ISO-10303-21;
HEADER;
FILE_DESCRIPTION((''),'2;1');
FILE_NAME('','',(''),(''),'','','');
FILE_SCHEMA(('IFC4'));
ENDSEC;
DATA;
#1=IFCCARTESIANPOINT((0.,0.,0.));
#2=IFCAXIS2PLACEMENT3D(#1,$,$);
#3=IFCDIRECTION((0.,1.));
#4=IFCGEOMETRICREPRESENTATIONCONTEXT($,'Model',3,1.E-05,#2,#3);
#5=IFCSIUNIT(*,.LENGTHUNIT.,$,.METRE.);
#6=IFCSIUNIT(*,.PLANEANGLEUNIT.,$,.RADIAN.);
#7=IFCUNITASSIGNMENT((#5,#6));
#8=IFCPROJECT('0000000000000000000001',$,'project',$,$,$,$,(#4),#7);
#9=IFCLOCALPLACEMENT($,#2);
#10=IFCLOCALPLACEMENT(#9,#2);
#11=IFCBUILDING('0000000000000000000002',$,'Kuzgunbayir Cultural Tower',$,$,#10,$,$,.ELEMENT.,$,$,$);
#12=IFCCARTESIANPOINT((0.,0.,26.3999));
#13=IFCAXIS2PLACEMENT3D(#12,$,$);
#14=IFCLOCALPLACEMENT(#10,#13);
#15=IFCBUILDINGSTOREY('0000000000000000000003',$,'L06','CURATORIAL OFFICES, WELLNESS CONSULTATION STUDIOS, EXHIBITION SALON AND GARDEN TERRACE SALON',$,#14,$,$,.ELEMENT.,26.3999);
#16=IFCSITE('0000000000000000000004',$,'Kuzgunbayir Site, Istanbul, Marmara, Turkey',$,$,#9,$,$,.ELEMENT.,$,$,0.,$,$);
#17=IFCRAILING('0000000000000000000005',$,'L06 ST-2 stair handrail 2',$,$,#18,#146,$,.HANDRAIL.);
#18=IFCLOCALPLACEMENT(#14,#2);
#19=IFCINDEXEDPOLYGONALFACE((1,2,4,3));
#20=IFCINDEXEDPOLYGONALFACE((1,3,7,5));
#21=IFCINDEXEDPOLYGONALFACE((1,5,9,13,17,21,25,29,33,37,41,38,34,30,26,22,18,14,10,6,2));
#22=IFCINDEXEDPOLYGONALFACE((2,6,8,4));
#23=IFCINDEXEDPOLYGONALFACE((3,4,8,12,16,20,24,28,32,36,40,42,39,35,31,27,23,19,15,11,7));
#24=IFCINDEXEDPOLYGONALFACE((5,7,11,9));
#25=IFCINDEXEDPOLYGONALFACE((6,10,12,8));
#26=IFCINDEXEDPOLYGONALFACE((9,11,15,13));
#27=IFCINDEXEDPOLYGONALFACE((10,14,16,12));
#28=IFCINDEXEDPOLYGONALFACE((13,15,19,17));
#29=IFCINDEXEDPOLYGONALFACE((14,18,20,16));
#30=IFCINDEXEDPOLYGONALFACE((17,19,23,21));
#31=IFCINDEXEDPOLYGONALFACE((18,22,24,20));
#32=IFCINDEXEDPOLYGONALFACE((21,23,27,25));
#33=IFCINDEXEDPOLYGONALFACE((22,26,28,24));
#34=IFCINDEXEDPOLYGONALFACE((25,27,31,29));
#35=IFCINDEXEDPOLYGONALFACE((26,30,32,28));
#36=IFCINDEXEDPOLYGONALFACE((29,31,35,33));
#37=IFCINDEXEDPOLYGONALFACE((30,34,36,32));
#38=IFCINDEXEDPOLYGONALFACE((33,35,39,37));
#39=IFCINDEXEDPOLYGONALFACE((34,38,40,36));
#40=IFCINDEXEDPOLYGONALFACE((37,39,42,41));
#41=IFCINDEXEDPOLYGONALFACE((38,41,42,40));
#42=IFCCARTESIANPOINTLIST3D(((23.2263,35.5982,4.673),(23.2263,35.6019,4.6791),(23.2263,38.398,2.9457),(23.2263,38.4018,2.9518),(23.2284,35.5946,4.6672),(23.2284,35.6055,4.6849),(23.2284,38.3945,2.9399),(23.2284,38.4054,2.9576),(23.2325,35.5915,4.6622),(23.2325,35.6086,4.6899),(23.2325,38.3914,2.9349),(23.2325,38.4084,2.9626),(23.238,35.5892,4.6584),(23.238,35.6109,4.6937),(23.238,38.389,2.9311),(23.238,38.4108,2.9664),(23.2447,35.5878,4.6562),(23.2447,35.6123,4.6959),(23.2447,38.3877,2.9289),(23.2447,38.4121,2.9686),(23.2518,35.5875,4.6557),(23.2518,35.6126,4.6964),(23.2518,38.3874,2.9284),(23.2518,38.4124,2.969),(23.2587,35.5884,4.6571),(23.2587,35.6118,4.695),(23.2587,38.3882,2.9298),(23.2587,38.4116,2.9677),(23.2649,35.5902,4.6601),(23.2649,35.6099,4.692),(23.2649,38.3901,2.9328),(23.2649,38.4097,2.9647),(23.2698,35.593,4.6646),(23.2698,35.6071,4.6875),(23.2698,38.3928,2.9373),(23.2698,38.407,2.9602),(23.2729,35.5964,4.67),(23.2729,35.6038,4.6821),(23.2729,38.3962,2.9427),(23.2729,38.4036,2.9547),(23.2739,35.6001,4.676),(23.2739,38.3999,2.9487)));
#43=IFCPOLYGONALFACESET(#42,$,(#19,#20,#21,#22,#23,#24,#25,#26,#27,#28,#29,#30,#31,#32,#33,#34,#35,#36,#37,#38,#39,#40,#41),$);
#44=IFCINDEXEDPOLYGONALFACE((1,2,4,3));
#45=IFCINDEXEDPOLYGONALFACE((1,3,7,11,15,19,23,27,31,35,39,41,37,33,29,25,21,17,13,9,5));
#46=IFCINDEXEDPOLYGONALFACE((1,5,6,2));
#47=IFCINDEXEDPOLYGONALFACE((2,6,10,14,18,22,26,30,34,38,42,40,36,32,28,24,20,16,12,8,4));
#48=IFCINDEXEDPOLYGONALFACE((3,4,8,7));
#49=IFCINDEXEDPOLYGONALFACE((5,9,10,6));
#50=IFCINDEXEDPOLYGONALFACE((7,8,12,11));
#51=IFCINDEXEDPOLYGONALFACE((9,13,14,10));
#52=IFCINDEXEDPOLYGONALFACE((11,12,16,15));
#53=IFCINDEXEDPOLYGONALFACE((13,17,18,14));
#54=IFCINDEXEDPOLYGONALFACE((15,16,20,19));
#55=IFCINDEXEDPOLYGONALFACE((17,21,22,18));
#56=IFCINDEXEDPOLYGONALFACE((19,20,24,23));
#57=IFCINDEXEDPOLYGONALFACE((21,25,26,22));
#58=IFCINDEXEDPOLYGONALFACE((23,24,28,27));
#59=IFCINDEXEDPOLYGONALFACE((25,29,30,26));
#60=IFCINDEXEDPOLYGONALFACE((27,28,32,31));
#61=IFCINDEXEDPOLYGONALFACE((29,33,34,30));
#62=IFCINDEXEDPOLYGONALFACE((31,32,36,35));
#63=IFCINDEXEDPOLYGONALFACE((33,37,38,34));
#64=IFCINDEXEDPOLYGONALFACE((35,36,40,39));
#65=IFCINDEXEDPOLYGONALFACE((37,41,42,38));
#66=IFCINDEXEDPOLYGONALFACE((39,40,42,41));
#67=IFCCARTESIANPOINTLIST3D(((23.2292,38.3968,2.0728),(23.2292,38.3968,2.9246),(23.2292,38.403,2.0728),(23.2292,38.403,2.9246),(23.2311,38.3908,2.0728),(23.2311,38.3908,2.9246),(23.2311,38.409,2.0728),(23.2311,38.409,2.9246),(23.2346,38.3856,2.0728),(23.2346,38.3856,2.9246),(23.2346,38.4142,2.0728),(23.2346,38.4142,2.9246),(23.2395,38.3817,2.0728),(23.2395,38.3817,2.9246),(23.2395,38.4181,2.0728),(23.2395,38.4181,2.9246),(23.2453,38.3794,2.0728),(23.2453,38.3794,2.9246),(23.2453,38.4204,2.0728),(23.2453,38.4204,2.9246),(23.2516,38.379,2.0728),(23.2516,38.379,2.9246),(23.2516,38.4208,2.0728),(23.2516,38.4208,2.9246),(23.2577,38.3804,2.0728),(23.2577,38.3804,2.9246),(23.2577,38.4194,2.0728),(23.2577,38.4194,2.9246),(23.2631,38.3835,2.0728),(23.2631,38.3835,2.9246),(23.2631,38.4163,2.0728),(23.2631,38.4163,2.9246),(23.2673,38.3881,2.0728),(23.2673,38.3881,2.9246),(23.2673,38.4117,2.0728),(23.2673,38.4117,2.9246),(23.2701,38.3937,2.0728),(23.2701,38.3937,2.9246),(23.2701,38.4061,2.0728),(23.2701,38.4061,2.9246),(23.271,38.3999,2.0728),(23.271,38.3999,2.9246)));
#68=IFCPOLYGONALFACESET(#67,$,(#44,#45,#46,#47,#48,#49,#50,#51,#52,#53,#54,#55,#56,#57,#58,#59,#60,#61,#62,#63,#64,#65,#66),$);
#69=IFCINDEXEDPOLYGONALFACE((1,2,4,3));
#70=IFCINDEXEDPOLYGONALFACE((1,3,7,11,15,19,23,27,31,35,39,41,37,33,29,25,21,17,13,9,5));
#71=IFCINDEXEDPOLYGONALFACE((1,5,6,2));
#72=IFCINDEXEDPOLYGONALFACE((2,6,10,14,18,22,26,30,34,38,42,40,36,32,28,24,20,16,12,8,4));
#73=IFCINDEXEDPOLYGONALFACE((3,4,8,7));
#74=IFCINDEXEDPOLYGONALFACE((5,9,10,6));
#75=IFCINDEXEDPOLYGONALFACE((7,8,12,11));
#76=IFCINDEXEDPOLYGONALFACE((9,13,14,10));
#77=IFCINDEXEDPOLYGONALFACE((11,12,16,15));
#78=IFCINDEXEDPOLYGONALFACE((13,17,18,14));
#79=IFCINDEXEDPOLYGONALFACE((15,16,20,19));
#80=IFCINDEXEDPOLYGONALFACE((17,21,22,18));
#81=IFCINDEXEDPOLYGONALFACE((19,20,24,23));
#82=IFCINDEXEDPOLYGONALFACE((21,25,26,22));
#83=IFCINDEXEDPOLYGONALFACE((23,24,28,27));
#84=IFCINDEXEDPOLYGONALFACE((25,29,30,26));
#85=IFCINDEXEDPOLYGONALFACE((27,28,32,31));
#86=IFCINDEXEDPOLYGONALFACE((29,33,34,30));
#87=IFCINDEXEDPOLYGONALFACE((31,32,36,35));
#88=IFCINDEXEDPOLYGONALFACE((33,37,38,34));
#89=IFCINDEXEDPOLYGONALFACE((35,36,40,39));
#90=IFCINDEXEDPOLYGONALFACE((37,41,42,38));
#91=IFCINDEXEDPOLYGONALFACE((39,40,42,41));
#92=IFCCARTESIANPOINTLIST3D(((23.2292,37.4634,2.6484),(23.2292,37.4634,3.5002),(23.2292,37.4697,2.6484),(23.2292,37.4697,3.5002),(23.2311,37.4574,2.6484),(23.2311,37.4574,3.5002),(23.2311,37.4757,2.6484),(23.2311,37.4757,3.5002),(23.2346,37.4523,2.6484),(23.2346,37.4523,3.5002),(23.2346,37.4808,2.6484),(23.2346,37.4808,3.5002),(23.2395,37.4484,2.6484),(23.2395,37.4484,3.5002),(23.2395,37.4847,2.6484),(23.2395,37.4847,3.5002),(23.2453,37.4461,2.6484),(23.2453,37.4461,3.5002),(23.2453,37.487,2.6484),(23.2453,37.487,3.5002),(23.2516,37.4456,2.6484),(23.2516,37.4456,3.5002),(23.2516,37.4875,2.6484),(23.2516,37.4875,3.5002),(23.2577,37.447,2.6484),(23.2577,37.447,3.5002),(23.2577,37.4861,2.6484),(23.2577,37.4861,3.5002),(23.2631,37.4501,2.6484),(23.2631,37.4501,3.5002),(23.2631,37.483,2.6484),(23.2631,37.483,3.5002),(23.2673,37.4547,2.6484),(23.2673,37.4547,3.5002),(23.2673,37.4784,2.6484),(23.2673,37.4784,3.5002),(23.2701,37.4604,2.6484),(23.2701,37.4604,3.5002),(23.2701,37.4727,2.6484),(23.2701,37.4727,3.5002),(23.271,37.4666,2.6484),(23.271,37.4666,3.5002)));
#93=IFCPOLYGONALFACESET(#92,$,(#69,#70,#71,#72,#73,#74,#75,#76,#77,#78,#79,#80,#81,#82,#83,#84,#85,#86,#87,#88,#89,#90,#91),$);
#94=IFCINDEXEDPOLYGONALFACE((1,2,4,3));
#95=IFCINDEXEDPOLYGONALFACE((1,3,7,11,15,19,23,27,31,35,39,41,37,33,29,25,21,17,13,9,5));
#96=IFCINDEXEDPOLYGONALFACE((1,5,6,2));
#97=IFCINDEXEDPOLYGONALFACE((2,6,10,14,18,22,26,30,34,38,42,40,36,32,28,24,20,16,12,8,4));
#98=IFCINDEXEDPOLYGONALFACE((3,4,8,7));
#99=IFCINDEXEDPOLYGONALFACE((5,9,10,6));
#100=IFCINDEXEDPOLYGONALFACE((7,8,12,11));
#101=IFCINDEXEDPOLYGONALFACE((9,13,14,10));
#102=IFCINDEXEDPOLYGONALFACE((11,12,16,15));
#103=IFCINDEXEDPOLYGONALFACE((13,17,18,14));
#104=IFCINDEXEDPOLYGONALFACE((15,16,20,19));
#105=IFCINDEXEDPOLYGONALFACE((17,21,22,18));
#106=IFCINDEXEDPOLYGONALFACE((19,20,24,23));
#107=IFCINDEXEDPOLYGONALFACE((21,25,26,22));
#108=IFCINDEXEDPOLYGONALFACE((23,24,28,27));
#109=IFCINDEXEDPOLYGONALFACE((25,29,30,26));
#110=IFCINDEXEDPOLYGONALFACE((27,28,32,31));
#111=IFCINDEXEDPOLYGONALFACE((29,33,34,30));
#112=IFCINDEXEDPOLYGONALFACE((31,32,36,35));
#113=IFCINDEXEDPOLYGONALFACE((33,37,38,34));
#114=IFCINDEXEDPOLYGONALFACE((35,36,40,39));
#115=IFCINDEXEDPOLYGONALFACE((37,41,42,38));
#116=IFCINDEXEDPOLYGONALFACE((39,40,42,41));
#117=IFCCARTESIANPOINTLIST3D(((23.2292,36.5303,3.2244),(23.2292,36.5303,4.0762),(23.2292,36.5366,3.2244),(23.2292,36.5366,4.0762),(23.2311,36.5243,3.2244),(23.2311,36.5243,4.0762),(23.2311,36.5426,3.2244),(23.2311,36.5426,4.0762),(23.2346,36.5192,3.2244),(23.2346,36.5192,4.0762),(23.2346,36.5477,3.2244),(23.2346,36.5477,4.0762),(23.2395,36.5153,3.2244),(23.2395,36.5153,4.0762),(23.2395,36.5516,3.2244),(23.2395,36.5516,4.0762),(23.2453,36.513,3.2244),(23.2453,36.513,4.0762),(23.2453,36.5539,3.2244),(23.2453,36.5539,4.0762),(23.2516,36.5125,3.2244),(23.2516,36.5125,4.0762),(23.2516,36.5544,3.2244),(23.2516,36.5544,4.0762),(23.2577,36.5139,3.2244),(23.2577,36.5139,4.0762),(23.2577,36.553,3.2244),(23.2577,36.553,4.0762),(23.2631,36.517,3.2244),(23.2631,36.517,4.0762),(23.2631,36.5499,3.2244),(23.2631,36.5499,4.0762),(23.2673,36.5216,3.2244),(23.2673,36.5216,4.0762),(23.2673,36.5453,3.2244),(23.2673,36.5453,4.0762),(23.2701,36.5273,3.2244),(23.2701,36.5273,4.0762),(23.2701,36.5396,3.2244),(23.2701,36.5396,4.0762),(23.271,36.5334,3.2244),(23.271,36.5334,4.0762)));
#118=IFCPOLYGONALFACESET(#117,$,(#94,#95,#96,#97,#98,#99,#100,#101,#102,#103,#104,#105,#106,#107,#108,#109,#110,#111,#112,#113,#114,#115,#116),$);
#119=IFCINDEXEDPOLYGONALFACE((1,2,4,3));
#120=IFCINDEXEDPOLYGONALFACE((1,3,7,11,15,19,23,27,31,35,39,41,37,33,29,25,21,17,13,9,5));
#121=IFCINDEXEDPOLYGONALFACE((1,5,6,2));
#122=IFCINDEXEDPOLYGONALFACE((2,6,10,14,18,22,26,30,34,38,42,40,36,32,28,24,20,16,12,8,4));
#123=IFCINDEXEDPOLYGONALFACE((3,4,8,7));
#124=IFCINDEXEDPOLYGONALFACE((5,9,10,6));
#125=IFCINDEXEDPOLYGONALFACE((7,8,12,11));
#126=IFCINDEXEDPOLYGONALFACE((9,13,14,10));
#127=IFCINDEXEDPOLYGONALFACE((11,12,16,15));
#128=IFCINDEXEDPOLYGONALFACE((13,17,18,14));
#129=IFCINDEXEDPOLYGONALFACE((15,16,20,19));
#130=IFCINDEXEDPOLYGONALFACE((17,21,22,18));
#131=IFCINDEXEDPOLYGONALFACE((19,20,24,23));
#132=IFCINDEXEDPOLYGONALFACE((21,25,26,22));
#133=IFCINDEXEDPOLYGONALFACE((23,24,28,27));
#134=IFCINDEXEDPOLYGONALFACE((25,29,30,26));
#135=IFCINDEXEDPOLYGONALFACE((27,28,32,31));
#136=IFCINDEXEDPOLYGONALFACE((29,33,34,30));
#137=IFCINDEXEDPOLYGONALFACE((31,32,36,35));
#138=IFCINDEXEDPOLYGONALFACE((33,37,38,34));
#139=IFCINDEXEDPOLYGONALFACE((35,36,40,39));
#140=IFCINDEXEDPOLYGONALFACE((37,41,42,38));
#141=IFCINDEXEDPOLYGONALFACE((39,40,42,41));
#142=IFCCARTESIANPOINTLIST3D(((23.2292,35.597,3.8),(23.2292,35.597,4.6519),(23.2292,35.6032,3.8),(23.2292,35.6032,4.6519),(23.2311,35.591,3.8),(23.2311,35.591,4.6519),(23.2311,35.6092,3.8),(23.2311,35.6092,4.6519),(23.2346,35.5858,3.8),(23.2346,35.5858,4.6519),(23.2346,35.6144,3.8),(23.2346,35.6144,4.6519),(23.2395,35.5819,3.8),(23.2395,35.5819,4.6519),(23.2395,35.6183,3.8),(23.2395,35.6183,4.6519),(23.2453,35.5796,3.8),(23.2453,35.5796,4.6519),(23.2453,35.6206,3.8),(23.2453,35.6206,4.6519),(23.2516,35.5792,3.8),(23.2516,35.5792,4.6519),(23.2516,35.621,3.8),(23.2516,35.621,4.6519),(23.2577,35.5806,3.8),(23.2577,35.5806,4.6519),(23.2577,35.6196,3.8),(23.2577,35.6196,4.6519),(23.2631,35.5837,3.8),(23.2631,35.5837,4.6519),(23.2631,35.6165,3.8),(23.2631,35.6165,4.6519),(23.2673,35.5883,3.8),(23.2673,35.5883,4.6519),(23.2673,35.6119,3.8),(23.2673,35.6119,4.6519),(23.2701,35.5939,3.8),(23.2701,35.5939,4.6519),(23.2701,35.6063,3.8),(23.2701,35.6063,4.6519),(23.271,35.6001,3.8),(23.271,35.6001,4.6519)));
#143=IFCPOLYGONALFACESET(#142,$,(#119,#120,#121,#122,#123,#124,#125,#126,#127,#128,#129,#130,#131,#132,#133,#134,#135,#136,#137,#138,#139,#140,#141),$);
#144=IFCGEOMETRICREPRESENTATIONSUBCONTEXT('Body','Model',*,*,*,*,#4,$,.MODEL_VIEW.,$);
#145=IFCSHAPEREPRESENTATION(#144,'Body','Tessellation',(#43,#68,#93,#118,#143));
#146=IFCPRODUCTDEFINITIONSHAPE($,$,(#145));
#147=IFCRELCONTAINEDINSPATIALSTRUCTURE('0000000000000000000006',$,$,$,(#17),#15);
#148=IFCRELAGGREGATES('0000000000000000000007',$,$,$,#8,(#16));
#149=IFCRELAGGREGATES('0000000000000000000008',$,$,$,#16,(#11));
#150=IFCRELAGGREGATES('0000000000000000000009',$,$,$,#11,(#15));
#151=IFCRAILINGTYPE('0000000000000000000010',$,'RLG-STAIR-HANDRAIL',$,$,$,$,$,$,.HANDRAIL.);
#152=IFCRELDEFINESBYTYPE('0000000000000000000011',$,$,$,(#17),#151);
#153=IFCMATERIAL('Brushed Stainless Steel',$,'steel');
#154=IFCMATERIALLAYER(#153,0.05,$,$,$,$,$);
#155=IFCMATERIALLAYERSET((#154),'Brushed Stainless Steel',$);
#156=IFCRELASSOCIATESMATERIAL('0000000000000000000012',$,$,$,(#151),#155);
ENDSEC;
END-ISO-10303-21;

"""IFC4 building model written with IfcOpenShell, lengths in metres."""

from ifc_helpers import new_model, si_unit, direction, frame, origin, origin_2d, place, context, subcontext, project, spatial, circle, extrude, material, layer, layer_set, type_object, element, save


model = new_model("IFC4")

# Units and contexts
model_context = context("Model", 3, precision=1e-05, world=origin(), true_north=direction((0.0, 1.0)))
body_context = subcontext(model_context, "Body", "Model", "MODEL_VIEW")
ifc_project = project(units=[si_unit("LENGTHUNIT", "METRE"), si_unit("PLANEANGLEUNIT", "RADIAN")], contexts=[model_context])

# Site, building, storey
site_placement = place(None, origin())
site = spatial("IfcSite", under=ifc_project, at=site_placement, Name="Kuzgunbayir Site, Istanbul, Marmara, Turkey", CompositionType="ELEMENT", RefElevation=0.0)
building_placement = place(site_placement, origin())
building = spatial("IfcBuilding", under=site, at=building_placement, Name="Kuzgunbayir Cultural Tower", CompositionType="ELEMENT")
storey_placement = place(building_placement, frame((0.0, 0.0, 26.3999)))
storey = spatial("IfcBuildingStorey", under=building, at=storey_placement, Name="L06", Description="CURATORIAL OFFICES, WELLNESS CONSULTATION STUDIOS, EXHIBITION SALON AND GARDEN TERRACE SALON", CompositionType="ELEMENT", Elevation=26.3999)

# Railing
ifc_material_1 = material(Name="Brushed Stainless Steel", Category="steel")
ifc_layer_1 = layer(ifc_material_1, 0.05)
ifc_layer_set_1 = layer_set([ifc_layer_1], Name="Brushed Stainless Steel")
railing_type_1 = type_object("IfcRailingType", Name="RLG-STAIR-HANDRAIL", PredefinedType="HANDRAIL", material=ifc_layer_set_1)
railing_1_placement = place(storey_placement, frame((23.25, 38.3999, 2.0728)))
element("IfcRailing", 1, at=railing_1_placement, inside=storey, type_object=railing_type_1, Name="L06 ST-2 stair handrail 2", PredefinedType="HANDRAIL", context=body_context, shape_type="SweptSolid", body=[
    extrude(circle(Radius=0.0239, at=origin_2d()), frame((0.0, 0.0, 0.876), z_axis=(0.0, -0.851069, 0.525054), x_axis=(1.0, 0.0, 0.0)), (0.0, 0.0, 1.0), 3.2898),
    extrude(circle(Radius=0.021, at=origin_2d()), origin(), (0.0, 0.0, 1.0), 0.8518),
    extrude(circle(Radius=0.021, at=origin_2d()), frame((0.0, -0.9333, 0.5757)), (0.0, 0.0, 1.0), 0.8518),
    extrude(circle(Radius=0.021, at=origin_2d()), frame((0.0, -1.8665, 1.1516)), (0.0, 0.0, 1.0), 0.8518),
    extrude(circle(Radius=0.021, at=origin_2d()), frame((0.0, -2.7998, 1.7273)), (0.0, 0.0, 1.0), 0.8518),
])

save(model, "model.ifc")
